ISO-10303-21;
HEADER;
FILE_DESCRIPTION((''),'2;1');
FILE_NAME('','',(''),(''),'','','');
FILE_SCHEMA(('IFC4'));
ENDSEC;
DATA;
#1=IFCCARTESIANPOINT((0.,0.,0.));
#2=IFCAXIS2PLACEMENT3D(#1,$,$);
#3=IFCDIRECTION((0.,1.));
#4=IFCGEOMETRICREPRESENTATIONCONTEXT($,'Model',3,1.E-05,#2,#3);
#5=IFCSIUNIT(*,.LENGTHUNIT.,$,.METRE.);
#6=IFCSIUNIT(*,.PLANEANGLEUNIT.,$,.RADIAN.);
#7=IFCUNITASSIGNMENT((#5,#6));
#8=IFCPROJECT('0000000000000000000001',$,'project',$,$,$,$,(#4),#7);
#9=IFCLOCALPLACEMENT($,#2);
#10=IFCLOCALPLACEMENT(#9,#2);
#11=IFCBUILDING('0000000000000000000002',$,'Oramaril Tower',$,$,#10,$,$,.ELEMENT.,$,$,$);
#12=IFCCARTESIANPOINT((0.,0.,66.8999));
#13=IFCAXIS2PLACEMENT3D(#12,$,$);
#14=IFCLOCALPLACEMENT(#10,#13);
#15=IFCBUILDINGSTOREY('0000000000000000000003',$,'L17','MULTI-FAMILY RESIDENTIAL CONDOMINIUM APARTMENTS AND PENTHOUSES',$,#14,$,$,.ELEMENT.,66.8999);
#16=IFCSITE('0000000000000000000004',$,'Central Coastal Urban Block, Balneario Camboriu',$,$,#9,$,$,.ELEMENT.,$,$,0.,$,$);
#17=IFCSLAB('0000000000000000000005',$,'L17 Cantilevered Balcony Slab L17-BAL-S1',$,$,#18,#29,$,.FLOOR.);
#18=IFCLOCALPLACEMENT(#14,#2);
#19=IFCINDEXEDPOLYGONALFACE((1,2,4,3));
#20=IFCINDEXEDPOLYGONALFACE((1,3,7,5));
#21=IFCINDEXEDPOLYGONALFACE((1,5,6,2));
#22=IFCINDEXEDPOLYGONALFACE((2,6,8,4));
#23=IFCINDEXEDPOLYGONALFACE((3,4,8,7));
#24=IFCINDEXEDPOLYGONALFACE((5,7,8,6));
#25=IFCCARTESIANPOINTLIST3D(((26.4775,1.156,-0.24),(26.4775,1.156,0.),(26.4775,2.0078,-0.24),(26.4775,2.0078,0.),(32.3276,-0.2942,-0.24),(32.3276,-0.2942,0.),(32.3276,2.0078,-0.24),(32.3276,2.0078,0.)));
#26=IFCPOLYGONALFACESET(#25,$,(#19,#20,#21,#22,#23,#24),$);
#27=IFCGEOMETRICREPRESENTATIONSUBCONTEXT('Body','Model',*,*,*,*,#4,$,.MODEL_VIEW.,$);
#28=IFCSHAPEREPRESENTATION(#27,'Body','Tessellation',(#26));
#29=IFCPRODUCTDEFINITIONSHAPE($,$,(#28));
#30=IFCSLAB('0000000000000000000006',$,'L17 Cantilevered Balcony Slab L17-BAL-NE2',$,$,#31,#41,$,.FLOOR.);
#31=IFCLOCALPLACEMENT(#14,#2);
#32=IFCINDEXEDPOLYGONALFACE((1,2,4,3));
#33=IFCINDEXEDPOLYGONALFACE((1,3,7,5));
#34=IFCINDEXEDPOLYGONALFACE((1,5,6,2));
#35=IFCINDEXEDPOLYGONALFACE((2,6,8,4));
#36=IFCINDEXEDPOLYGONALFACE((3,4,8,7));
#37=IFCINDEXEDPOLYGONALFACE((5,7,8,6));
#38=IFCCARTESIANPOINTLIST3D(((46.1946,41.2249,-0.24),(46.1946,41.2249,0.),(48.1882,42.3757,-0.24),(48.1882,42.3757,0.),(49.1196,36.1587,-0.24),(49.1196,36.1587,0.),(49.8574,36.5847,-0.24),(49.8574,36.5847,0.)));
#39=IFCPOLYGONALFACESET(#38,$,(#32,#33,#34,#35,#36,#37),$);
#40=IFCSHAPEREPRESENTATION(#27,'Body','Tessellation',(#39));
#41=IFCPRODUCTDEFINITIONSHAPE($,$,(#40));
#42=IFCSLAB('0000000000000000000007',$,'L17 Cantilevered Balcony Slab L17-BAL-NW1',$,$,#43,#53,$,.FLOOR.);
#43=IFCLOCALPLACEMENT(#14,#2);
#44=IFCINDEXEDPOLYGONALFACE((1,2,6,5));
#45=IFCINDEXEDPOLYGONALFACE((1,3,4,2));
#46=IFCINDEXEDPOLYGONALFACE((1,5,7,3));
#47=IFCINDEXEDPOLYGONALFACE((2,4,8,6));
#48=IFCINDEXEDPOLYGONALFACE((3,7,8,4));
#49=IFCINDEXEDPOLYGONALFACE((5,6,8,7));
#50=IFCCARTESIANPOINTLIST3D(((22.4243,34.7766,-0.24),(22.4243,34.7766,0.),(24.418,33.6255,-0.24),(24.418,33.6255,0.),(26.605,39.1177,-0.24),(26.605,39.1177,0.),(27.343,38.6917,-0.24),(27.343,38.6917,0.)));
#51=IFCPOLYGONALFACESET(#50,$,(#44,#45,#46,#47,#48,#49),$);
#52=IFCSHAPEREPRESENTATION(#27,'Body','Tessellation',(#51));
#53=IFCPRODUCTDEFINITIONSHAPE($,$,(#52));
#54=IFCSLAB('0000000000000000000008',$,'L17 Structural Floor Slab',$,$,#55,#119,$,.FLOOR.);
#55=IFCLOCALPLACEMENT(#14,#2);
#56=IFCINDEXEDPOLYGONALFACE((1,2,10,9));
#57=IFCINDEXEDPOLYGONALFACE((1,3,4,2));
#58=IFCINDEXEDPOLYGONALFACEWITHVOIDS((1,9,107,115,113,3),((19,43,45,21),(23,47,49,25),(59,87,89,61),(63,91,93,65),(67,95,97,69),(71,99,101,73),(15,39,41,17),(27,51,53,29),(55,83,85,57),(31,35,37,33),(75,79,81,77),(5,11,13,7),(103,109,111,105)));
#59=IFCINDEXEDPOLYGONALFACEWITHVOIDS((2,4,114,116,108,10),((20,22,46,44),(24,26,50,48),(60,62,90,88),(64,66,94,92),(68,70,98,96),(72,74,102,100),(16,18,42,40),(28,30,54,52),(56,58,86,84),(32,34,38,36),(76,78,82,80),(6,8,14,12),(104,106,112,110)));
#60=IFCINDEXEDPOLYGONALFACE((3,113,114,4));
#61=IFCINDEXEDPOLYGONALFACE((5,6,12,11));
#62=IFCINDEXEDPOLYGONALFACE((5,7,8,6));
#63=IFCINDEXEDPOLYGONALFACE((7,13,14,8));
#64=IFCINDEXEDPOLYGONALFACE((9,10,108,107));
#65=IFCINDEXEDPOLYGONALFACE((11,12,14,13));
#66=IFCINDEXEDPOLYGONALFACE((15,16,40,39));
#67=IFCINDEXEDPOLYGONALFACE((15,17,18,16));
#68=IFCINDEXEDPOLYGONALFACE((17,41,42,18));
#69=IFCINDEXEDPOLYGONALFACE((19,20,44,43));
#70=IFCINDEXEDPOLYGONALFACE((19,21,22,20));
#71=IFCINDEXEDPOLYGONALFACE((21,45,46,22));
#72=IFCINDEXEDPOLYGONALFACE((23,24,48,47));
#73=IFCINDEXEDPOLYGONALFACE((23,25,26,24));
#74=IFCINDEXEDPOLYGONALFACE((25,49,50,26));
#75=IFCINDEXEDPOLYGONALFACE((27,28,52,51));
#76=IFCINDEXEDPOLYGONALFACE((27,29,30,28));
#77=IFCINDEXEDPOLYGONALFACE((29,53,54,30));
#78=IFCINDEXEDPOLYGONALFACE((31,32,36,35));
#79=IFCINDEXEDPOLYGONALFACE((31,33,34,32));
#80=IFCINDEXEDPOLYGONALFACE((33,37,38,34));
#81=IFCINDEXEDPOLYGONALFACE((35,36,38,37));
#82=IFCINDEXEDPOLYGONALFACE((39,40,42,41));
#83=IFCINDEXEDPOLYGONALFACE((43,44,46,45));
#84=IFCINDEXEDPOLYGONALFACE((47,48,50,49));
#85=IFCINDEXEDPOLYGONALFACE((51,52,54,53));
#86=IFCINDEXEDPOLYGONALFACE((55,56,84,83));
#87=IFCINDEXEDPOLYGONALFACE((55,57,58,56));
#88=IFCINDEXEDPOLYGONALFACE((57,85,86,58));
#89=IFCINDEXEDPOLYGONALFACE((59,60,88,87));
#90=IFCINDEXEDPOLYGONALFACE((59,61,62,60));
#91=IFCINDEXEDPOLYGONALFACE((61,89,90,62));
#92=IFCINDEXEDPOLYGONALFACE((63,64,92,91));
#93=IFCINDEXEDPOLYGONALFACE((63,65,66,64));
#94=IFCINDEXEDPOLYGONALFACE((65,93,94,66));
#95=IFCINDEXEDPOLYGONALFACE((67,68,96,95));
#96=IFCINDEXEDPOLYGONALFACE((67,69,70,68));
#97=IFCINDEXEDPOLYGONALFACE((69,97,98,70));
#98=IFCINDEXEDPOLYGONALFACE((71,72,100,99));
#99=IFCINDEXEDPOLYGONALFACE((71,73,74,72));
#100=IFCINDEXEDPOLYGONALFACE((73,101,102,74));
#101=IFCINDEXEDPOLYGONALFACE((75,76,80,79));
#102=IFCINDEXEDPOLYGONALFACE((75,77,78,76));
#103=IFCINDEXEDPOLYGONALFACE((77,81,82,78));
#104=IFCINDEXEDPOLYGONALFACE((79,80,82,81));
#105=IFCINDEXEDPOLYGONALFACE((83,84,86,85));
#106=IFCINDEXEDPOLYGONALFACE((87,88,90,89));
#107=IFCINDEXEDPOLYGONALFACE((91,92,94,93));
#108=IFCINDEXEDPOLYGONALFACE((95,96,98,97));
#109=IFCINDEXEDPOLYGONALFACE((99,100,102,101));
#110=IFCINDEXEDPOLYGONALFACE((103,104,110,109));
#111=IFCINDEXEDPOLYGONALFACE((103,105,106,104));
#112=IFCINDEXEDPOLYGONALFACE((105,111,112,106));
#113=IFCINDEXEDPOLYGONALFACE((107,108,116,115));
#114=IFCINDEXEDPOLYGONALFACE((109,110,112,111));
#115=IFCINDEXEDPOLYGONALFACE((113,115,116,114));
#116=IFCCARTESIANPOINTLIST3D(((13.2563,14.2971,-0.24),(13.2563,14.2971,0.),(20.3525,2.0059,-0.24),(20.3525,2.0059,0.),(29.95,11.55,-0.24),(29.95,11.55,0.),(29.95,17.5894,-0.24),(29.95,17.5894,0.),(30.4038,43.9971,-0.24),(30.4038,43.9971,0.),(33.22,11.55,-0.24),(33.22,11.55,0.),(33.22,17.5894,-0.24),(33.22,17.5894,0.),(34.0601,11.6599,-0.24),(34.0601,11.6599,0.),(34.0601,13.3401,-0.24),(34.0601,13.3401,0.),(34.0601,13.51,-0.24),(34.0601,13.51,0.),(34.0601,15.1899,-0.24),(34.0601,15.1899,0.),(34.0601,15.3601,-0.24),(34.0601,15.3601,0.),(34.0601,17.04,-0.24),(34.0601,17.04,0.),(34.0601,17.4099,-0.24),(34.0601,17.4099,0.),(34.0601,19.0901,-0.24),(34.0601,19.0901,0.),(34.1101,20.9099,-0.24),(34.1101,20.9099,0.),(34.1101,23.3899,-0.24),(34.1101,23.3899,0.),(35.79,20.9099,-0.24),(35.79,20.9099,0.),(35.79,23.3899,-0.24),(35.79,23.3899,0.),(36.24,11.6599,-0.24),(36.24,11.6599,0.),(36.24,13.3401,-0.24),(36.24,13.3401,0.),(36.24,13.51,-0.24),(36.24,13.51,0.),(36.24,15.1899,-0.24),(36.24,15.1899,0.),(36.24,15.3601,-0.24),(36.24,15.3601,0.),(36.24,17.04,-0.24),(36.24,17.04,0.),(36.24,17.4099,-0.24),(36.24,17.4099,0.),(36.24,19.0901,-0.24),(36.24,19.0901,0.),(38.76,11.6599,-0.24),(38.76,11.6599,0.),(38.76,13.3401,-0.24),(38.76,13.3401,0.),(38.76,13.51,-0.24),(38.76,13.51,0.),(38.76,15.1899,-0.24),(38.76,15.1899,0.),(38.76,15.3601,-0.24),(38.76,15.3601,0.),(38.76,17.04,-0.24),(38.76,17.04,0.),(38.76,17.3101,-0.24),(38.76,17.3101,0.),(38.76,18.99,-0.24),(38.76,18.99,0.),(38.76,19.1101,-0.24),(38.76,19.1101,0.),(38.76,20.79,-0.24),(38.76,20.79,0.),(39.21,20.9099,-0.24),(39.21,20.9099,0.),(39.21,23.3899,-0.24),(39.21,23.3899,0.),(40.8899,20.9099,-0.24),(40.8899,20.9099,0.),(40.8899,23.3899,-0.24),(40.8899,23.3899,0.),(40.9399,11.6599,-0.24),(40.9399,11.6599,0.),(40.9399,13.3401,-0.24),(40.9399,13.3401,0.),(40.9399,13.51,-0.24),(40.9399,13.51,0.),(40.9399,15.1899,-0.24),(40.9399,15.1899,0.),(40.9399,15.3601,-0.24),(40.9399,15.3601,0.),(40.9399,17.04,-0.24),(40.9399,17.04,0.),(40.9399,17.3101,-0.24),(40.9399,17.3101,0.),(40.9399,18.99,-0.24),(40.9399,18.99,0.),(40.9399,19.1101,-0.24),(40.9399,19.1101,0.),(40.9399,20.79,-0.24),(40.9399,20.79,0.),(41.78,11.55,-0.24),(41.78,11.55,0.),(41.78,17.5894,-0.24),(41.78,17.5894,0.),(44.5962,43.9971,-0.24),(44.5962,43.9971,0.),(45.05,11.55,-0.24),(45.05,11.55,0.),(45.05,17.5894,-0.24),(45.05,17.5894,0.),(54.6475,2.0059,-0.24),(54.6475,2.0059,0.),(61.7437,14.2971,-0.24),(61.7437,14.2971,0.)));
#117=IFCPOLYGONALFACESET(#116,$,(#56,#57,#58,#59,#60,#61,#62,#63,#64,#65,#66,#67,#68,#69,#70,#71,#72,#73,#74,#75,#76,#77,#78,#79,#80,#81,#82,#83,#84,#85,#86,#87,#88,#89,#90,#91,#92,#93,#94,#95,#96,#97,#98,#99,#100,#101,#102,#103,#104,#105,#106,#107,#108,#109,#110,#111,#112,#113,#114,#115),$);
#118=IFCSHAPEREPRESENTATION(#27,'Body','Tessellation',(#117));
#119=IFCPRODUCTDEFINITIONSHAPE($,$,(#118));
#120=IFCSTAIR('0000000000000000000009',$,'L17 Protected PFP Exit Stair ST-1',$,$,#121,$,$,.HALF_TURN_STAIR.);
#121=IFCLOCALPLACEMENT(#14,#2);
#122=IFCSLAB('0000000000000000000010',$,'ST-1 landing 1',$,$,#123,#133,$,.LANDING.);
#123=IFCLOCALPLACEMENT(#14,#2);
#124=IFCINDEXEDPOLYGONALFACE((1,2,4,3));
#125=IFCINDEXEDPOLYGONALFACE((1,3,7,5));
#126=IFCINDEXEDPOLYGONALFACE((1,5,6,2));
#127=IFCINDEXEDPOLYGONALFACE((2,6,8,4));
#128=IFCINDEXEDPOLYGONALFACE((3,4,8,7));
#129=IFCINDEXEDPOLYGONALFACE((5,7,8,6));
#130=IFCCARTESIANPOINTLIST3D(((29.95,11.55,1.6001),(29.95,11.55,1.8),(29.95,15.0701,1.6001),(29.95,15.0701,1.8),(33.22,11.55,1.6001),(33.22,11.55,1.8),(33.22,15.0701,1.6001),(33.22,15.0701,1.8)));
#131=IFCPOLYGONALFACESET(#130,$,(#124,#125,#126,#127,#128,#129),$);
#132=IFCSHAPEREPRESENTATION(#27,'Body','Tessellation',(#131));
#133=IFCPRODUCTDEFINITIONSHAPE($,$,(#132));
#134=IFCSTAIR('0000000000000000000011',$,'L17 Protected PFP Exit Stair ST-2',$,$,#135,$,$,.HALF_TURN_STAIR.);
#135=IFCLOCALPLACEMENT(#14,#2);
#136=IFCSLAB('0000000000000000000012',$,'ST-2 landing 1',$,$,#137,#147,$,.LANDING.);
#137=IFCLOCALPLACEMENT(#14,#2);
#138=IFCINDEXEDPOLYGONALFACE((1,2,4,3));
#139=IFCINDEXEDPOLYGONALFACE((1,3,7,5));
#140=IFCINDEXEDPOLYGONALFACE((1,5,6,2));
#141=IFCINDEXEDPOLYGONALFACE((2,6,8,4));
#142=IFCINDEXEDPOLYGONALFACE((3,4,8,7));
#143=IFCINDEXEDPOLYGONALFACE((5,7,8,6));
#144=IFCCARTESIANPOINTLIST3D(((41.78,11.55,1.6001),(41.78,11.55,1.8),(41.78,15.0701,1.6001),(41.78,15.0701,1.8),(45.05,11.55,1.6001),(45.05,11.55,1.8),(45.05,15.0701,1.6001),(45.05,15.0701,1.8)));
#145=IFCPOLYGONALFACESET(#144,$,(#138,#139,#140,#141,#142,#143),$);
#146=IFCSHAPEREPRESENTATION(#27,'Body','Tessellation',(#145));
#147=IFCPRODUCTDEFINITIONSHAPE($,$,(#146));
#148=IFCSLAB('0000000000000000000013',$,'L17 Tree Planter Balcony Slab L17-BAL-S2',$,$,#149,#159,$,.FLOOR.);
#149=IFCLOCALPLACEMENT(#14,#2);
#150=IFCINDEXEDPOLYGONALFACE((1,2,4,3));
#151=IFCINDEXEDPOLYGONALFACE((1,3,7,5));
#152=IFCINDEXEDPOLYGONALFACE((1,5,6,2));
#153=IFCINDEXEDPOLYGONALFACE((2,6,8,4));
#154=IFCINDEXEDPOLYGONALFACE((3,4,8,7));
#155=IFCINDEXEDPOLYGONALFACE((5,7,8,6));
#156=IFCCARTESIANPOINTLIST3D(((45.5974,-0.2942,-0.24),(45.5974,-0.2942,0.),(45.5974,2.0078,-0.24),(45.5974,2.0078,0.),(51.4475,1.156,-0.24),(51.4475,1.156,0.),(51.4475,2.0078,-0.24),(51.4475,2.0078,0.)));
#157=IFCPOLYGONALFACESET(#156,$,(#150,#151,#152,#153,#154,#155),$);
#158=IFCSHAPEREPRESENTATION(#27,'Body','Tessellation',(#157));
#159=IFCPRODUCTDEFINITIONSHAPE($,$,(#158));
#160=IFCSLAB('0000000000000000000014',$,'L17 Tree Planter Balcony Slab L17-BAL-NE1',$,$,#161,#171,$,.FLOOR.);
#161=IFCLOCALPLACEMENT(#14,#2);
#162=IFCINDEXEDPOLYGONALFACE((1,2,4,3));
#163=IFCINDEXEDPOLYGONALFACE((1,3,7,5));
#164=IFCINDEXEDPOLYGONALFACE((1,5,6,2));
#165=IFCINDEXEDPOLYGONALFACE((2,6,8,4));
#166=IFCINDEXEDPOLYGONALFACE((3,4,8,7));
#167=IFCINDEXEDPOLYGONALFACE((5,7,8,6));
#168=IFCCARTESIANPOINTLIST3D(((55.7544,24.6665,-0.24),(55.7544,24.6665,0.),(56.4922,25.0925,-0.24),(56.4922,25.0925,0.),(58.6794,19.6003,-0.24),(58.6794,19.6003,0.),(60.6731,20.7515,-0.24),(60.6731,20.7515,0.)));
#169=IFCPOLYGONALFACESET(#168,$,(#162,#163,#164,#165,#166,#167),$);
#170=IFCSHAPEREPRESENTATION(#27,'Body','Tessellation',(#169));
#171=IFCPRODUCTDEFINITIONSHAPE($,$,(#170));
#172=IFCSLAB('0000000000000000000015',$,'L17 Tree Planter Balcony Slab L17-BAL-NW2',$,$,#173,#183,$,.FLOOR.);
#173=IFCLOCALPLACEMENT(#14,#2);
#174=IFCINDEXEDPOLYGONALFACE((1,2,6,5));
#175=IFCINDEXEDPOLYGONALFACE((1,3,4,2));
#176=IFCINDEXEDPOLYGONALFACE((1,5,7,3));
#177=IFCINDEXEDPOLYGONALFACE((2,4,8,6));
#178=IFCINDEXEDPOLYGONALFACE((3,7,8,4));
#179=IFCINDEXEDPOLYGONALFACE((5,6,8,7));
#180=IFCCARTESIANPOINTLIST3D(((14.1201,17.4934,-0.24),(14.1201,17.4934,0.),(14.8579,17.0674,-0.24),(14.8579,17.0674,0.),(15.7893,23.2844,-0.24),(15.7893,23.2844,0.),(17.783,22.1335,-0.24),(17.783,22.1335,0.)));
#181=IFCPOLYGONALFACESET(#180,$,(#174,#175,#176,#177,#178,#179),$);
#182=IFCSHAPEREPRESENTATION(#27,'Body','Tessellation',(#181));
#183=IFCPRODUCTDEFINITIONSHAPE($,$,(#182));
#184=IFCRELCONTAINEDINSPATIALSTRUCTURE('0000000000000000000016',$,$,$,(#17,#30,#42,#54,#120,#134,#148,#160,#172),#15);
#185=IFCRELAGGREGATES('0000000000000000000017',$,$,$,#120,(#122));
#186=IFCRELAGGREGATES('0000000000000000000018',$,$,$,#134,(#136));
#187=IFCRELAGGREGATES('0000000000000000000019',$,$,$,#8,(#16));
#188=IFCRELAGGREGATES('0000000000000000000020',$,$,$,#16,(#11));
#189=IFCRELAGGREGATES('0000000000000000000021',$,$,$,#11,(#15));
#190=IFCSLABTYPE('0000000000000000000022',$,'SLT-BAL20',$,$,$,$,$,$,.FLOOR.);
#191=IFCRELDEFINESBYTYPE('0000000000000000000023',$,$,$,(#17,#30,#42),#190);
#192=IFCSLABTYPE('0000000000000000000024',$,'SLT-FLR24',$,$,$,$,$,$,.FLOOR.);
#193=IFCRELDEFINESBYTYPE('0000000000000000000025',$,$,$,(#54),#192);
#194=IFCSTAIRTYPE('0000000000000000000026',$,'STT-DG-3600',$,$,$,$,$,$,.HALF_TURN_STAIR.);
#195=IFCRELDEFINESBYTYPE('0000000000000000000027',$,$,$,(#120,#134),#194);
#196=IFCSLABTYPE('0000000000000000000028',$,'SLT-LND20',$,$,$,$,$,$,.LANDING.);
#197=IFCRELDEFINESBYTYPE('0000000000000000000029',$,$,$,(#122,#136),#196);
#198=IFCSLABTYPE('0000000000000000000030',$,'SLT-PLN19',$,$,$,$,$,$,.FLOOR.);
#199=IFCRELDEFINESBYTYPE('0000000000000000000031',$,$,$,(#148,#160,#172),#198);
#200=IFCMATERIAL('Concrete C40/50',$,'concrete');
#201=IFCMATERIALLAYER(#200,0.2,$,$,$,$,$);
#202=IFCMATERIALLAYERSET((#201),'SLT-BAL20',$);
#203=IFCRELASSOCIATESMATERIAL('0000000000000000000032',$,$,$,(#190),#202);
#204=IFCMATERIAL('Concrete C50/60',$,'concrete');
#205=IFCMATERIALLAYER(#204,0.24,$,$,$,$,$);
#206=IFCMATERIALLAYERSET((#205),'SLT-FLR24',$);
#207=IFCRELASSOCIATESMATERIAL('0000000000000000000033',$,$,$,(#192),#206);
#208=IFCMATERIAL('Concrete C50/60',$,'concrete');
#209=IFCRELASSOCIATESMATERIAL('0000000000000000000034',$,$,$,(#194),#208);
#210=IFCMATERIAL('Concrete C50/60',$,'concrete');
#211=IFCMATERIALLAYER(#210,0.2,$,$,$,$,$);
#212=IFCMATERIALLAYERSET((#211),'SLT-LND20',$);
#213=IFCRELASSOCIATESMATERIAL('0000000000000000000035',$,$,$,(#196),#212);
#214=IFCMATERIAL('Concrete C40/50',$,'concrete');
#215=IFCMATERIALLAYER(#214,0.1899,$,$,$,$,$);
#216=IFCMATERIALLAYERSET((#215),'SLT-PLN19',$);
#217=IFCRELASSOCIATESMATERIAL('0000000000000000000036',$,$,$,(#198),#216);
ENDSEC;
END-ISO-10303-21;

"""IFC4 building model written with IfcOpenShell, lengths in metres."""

from ifc_helpers import new_model, si_unit, direction, frame, origin, place, context, subcontext, project, spatial, polyline, outline, extrude, material, layer, layer_set, type_object, element, aggregate, save


model = new_model("IFC4")

# Units and contexts
model_context = context("Model", 3, precision=1e-05, world=origin(), true_north=direction((0.0, 1.0)))
body_context = subcontext(model_context, "Body", "Model", "MODEL_VIEW")
ifc_project = project(units=[si_unit("LENGTHUNIT", "METRE"), si_unit("PLANEANGLEUNIT", "RADIAN")], contexts=[model_context])

# Site, building, storey
site_placement = place(None, origin())
site = spatial("IfcSite", under=ifc_project, at=site_placement, Name="Central Coastal Urban Block, Balneario Camboriu", CompositionType="ELEMENT", RefElevation=0.0)
building_placement = place(site_placement, origin())
building = spatial("IfcBuilding", under=site, at=building_placement, Name="Oramaril Tower", CompositionType="ELEMENT")
storey_placement = place(building_placement, frame((0.0, 0.0, 66.8999)))
storey = spatial("IfcBuildingStorey", under=building, at=storey_placement, Name="L17", Description="MULTI-FAMILY RESIDENTIAL CONDOMINIUM APARTMENTS AND PENTHOUSES", CompositionType="ELEMENT", Elevation=66.8999)

# Slabs
ifc_material_1 = material(Name="Concrete C40/50", Category="concrete")
ifc_layer_1 = layer(ifc_material_1, 0.2)
ifc_layer_set_1 = layer_set([ifc_layer_1], Name="SLT-BAL20")
slab_type_1 = type_object("IfcSlabType", Name="SLT-BAL20", PredefinedType="FLOOR", material=ifc_layer_set_1)
slab_1_placement = place(storey_placement, frame((0.0, 0.0, -0.24)))
element("IfcSlab", 1, at=slab_1_placement, inside=storey, type_object=slab_type_1, Name="L17 Cantilevered Balcony Slab L17-BAL-S1", PredefinedType="FLOOR", context=body_context, shape_type="SweptSolid", body=[
    extrude(outline(polyline([(26.4775, 2.0078), (32.3276, 2.0078), (32.3276, -0.2942), (26.4775, 1.156), (26.4775, 2.0078)])), origin(), (0.0, 0.0, 1.0), 0.24),
])
slab_2_placement = place(storey_placement, frame((0.0, 0.0, -0.24)))
element("IfcSlab", 2, at=slab_2_placement, inside=storey, type_object=slab_type_1, Name="L17 Cantilevered Balcony Slab L17-BAL-NE2", PredefinedType="FLOOR", context=body_context, shape_type="SweptSolid", body=[
    extrude(outline(polyline([(49.1196, 36.1587), (46.1946, 41.2249), (48.1882, 42.3757), (49.8574, 36.5847), (49.1196, 36.1587)])), origin(), (0.0, 0.0, 1.0), 0.24),
])
slab_3_placement = place(storey_placement, frame((0.0, 0.0, -0.24)))
element("IfcSlab", 3, at=slab_3_placement, inside=storey, type_object=slab_type_1, Name="L17 Cantilevered Balcony Slab L17-BAL-NW1", PredefinedType="FLOOR", context=body_context, shape_type="SweptSolid", body=[
    extrude(outline(polyline([(27.343, 38.6917), (24.418, 33.6255), (22.4243, 34.7766), (26.605, 39.1177), (27.343, 38.6917)])), origin(), (0.0, 0.0, 1.0), 0.24),
])
ifc_material_2 = material(Name="Concrete C50/60", Category="concrete")
ifc_layer_2 = layer(ifc_material_2, 0.24)
ifc_layer_set_2 = layer_set([ifc_layer_2], Name="SLT-FLR24")
slab_type_2 = type_object("IfcSlabType", Name="SLT-FLR24", PredefinedType="FLOOR", material=ifc_layer_set_2)
slab_4_placement = place(storey_placement, frame((0.0, 0.0, -0.24)))
element("IfcSlab", 4, at=slab_4_placement, inside=storey, type_object=slab_type_2, Name="L17 Structural Floor Slab", PredefinedType="FLOOR", context=body_context, shape_type="SweptSolid", body=[
    extrude(outline(polyline([(13.2563, 14.2971), (20.3525, 2.0059), (54.6475, 2.0059), (61.7437, 14.2971), (44.5962, 43.9971), (30.4038, 43.9971), (13.2563, 14.2971)]), holes=[polyline([(29.95, 17.5894), (29.95, 11.55), (33.22, 11.55), (33.22, 17.5894), (29.95, 17.5894)]), polyline([(41.78, 17.5894), (41.78, 11.55), (45.05, 11.55), (45.05, 17.5894), (41.78, 17.5894)]), polyline([(34.1101, 20.9099), (35.79, 20.9099), (35.79, 23.3899), (34.1101, 23.3899), (34.1101, 20.9099)]), polyline([(39.21, 20.9099), (40.8899, 20.9099), (40.8899, 23.3899), (39.21, 23.3899), (39.21, 20.9099)]), polyline([(34.0601, 11.6599), (36.24, 11.6599), (36.24, 13.3401), (34.0601, 13.3401), (34.0601, 11.6599)]), polyline([(34.0601, 13.51), (36.24, 13.51), (36.24, 15.1899), (34.0601, 15.1899), (34.0601, 13.51)]), polyline([(34.0601, 15.3601), (36.24, 15.3601), (36.24, 17.04), (34.0601, 17.04), (34.0601, 15.3601)]), polyline([(38.76, 11.6599), (40.9399, 11.6599), (40.9399, 13.3401), (38.76, 13.3401), (38.76, 11.6599)]), polyline([(38.76, 13.51), (40.9399, 13.51), (40.9399, 15.1899), (38.76, 15.1899), (38.76, 13.51)]), polyline([(38.76, 15.3601), (40.9399, 15.3601), (40.9399, 17.04), (38.76, 17.04), (38.76, 15.3601)]), polyline([(34.0601, 17.4099), (36.24, 17.4099), (36.24, 19.0901), (34.0601, 19.0901), (34.0601, 17.4099)]), polyline([(38.76, 17.3101), (40.9399, 17.3101), (40.9399, 18.99), (38.76, 18.99), (38.76, 17.3101)]), polyline([(38.76, 19.1101), (40.9399, 19.1101), (40.9399, 20.79), (38.76, 20.79), (38.76, 19.1101)])]), origin(), (0.0, 0.0, 1.0), 0.24),
])

# Stairs, slabs
ifc_material_3 = material(Name="Concrete C50/60", Category="concrete")
stair_type = type_object("IfcStairType", Name="STT-DG-3600", PredefinedType="HALF_TURN_STAIR", material=ifc_material_3)
stair_1_placement = place(storey_placement, origin())
stair_1 = element("IfcStair", 5, at=stair_1_placement, inside=storey, type_object=stair_type, Name="L17 Protected PFP Exit Stair ST-1", PredefinedType="HALF_TURN_STAIR")
ifc_material_4 = material(Name="Concrete C50/60", Category="concrete")
ifc_layer_3 = layer(ifc_material_4, 0.2)
ifc_layer_set_3 = layer_set([ifc_layer_3], Name="SLT-LND20")
slab_type_3 = type_object("IfcSlabType", Name="SLT-LND20", PredefinedType="LANDING", material=ifc_layer_set_3)
slab_5_placement = place(storey_placement, frame((0.0, 0.0, 1.6001)))
slab_5 = element("IfcSlab", 6, at=slab_5_placement, type_object=slab_type_3, Name="ST-1 landing 1", PredefinedType="LANDING", context=body_context, shape_type="SweptSolid", body=[
    extrude(outline(polyline([(29.95, 15.0701), (29.95, 11.55), (33.22, 11.55), (33.22, 15.0701), (29.95, 15.0701)])), origin(), (0.0, 0.0, 1.0), 0.2),
])
aggregate(stair_1, [slab_5])
stair_2_placement = place(storey_placement, origin())
stair_2 = element("IfcStair", 7, at=stair_2_placement, inside=storey, type_object=stair_type, Name="L17 Protected PFP Exit Stair ST-2", PredefinedType="HALF_TURN_STAIR")
slab_6_placement = place(storey_placement, frame((0.0, 0.0, 1.6001)))
slab_6 = element("IfcSlab", 8, at=slab_6_placement, type_object=slab_type_3, Name="ST-2 landing 1", PredefinedType="LANDING", context=body_context, shape_type="SweptSolid", body=[
    extrude(outline(polyline([(41.78, 15.0701), (41.78, 11.55), (45.05, 11.55), (45.05, 15.0701), (41.78, 15.0701)])), origin(), (0.0, 0.0, 1.0), 0.2),
])
aggregate(stair_2, [slab_6])

# Slabs
ifc_material_5 = material(Name="Concrete C40/50", Category="concrete")
ifc_layer_4 = layer(ifc_material_5, 0.1899)
ifc_layer_set_4 = layer_set([ifc_layer_4], Name="SLT-PLN19")
slab_type_4 = type_object("IfcSlabType", Name="SLT-PLN19", PredefinedType="FLOOR", material=ifc_layer_set_4)
slab_7_placement = place(storey_placement, frame((0.0, 0.0, -0.24)))
element("IfcSlab", 9, at=slab_7_placement, inside=storey, type_object=slab_type_4, Name="L17 Tree Planter Balcony Slab L17-BAL-S2", PredefinedType="FLOOR", context=body_context, shape_type="SweptSolid", body=[
    extrude(outline(polyline([(45.5974, 2.0078), (51.4475, 2.0078), (51.4475, 1.156), (45.5974, -0.2942), (45.5974, 2.0078)])), origin(), (0.0, 0.0, 1.0), 0.24),
])
slab_8_placement = place(storey_placement, frame((0.0, 0.0, -0.24)))
element("IfcSlab", 10, at=slab_8_placement, inside=storey, type_object=slab_type_4, Name="L17 Tree Planter Balcony Slab L17-BAL-NE1", PredefinedType="FLOOR", context=body_context, shape_type="SweptSolid", body=[
    extrude(outline(polyline([(58.6794, 19.6003), (55.7544, 24.6665), (56.4922, 25.0925), (60.6731, 20.7515), (58.6794, 19.6003)])), origin(), (0.0, 0.0, 1.0), 0.24),
])
slab_9_placement = place(storey_placement, frame((0.0, 0.0, -0.24)))
element("IfcSlab", 11, at=slab_9_placement, inside=storey, type_object=slab_type_4, Name="L17 Tree Planter Balcony Slab L17-BAL-NW2", PredefinedType="FLOOR", context=body_context, shape_type="SweptSolid", body=[
    extrude(outline(polyline([(17.783, 22.1335), (14.8579, 17.0674), (14.1201, 17.4934), (15.7893, 23.2844), (17.783, 22.1335)])), origin(), (0.0, 0.0, 1.0), 0.24),
])

save(model, "model.ifc")
